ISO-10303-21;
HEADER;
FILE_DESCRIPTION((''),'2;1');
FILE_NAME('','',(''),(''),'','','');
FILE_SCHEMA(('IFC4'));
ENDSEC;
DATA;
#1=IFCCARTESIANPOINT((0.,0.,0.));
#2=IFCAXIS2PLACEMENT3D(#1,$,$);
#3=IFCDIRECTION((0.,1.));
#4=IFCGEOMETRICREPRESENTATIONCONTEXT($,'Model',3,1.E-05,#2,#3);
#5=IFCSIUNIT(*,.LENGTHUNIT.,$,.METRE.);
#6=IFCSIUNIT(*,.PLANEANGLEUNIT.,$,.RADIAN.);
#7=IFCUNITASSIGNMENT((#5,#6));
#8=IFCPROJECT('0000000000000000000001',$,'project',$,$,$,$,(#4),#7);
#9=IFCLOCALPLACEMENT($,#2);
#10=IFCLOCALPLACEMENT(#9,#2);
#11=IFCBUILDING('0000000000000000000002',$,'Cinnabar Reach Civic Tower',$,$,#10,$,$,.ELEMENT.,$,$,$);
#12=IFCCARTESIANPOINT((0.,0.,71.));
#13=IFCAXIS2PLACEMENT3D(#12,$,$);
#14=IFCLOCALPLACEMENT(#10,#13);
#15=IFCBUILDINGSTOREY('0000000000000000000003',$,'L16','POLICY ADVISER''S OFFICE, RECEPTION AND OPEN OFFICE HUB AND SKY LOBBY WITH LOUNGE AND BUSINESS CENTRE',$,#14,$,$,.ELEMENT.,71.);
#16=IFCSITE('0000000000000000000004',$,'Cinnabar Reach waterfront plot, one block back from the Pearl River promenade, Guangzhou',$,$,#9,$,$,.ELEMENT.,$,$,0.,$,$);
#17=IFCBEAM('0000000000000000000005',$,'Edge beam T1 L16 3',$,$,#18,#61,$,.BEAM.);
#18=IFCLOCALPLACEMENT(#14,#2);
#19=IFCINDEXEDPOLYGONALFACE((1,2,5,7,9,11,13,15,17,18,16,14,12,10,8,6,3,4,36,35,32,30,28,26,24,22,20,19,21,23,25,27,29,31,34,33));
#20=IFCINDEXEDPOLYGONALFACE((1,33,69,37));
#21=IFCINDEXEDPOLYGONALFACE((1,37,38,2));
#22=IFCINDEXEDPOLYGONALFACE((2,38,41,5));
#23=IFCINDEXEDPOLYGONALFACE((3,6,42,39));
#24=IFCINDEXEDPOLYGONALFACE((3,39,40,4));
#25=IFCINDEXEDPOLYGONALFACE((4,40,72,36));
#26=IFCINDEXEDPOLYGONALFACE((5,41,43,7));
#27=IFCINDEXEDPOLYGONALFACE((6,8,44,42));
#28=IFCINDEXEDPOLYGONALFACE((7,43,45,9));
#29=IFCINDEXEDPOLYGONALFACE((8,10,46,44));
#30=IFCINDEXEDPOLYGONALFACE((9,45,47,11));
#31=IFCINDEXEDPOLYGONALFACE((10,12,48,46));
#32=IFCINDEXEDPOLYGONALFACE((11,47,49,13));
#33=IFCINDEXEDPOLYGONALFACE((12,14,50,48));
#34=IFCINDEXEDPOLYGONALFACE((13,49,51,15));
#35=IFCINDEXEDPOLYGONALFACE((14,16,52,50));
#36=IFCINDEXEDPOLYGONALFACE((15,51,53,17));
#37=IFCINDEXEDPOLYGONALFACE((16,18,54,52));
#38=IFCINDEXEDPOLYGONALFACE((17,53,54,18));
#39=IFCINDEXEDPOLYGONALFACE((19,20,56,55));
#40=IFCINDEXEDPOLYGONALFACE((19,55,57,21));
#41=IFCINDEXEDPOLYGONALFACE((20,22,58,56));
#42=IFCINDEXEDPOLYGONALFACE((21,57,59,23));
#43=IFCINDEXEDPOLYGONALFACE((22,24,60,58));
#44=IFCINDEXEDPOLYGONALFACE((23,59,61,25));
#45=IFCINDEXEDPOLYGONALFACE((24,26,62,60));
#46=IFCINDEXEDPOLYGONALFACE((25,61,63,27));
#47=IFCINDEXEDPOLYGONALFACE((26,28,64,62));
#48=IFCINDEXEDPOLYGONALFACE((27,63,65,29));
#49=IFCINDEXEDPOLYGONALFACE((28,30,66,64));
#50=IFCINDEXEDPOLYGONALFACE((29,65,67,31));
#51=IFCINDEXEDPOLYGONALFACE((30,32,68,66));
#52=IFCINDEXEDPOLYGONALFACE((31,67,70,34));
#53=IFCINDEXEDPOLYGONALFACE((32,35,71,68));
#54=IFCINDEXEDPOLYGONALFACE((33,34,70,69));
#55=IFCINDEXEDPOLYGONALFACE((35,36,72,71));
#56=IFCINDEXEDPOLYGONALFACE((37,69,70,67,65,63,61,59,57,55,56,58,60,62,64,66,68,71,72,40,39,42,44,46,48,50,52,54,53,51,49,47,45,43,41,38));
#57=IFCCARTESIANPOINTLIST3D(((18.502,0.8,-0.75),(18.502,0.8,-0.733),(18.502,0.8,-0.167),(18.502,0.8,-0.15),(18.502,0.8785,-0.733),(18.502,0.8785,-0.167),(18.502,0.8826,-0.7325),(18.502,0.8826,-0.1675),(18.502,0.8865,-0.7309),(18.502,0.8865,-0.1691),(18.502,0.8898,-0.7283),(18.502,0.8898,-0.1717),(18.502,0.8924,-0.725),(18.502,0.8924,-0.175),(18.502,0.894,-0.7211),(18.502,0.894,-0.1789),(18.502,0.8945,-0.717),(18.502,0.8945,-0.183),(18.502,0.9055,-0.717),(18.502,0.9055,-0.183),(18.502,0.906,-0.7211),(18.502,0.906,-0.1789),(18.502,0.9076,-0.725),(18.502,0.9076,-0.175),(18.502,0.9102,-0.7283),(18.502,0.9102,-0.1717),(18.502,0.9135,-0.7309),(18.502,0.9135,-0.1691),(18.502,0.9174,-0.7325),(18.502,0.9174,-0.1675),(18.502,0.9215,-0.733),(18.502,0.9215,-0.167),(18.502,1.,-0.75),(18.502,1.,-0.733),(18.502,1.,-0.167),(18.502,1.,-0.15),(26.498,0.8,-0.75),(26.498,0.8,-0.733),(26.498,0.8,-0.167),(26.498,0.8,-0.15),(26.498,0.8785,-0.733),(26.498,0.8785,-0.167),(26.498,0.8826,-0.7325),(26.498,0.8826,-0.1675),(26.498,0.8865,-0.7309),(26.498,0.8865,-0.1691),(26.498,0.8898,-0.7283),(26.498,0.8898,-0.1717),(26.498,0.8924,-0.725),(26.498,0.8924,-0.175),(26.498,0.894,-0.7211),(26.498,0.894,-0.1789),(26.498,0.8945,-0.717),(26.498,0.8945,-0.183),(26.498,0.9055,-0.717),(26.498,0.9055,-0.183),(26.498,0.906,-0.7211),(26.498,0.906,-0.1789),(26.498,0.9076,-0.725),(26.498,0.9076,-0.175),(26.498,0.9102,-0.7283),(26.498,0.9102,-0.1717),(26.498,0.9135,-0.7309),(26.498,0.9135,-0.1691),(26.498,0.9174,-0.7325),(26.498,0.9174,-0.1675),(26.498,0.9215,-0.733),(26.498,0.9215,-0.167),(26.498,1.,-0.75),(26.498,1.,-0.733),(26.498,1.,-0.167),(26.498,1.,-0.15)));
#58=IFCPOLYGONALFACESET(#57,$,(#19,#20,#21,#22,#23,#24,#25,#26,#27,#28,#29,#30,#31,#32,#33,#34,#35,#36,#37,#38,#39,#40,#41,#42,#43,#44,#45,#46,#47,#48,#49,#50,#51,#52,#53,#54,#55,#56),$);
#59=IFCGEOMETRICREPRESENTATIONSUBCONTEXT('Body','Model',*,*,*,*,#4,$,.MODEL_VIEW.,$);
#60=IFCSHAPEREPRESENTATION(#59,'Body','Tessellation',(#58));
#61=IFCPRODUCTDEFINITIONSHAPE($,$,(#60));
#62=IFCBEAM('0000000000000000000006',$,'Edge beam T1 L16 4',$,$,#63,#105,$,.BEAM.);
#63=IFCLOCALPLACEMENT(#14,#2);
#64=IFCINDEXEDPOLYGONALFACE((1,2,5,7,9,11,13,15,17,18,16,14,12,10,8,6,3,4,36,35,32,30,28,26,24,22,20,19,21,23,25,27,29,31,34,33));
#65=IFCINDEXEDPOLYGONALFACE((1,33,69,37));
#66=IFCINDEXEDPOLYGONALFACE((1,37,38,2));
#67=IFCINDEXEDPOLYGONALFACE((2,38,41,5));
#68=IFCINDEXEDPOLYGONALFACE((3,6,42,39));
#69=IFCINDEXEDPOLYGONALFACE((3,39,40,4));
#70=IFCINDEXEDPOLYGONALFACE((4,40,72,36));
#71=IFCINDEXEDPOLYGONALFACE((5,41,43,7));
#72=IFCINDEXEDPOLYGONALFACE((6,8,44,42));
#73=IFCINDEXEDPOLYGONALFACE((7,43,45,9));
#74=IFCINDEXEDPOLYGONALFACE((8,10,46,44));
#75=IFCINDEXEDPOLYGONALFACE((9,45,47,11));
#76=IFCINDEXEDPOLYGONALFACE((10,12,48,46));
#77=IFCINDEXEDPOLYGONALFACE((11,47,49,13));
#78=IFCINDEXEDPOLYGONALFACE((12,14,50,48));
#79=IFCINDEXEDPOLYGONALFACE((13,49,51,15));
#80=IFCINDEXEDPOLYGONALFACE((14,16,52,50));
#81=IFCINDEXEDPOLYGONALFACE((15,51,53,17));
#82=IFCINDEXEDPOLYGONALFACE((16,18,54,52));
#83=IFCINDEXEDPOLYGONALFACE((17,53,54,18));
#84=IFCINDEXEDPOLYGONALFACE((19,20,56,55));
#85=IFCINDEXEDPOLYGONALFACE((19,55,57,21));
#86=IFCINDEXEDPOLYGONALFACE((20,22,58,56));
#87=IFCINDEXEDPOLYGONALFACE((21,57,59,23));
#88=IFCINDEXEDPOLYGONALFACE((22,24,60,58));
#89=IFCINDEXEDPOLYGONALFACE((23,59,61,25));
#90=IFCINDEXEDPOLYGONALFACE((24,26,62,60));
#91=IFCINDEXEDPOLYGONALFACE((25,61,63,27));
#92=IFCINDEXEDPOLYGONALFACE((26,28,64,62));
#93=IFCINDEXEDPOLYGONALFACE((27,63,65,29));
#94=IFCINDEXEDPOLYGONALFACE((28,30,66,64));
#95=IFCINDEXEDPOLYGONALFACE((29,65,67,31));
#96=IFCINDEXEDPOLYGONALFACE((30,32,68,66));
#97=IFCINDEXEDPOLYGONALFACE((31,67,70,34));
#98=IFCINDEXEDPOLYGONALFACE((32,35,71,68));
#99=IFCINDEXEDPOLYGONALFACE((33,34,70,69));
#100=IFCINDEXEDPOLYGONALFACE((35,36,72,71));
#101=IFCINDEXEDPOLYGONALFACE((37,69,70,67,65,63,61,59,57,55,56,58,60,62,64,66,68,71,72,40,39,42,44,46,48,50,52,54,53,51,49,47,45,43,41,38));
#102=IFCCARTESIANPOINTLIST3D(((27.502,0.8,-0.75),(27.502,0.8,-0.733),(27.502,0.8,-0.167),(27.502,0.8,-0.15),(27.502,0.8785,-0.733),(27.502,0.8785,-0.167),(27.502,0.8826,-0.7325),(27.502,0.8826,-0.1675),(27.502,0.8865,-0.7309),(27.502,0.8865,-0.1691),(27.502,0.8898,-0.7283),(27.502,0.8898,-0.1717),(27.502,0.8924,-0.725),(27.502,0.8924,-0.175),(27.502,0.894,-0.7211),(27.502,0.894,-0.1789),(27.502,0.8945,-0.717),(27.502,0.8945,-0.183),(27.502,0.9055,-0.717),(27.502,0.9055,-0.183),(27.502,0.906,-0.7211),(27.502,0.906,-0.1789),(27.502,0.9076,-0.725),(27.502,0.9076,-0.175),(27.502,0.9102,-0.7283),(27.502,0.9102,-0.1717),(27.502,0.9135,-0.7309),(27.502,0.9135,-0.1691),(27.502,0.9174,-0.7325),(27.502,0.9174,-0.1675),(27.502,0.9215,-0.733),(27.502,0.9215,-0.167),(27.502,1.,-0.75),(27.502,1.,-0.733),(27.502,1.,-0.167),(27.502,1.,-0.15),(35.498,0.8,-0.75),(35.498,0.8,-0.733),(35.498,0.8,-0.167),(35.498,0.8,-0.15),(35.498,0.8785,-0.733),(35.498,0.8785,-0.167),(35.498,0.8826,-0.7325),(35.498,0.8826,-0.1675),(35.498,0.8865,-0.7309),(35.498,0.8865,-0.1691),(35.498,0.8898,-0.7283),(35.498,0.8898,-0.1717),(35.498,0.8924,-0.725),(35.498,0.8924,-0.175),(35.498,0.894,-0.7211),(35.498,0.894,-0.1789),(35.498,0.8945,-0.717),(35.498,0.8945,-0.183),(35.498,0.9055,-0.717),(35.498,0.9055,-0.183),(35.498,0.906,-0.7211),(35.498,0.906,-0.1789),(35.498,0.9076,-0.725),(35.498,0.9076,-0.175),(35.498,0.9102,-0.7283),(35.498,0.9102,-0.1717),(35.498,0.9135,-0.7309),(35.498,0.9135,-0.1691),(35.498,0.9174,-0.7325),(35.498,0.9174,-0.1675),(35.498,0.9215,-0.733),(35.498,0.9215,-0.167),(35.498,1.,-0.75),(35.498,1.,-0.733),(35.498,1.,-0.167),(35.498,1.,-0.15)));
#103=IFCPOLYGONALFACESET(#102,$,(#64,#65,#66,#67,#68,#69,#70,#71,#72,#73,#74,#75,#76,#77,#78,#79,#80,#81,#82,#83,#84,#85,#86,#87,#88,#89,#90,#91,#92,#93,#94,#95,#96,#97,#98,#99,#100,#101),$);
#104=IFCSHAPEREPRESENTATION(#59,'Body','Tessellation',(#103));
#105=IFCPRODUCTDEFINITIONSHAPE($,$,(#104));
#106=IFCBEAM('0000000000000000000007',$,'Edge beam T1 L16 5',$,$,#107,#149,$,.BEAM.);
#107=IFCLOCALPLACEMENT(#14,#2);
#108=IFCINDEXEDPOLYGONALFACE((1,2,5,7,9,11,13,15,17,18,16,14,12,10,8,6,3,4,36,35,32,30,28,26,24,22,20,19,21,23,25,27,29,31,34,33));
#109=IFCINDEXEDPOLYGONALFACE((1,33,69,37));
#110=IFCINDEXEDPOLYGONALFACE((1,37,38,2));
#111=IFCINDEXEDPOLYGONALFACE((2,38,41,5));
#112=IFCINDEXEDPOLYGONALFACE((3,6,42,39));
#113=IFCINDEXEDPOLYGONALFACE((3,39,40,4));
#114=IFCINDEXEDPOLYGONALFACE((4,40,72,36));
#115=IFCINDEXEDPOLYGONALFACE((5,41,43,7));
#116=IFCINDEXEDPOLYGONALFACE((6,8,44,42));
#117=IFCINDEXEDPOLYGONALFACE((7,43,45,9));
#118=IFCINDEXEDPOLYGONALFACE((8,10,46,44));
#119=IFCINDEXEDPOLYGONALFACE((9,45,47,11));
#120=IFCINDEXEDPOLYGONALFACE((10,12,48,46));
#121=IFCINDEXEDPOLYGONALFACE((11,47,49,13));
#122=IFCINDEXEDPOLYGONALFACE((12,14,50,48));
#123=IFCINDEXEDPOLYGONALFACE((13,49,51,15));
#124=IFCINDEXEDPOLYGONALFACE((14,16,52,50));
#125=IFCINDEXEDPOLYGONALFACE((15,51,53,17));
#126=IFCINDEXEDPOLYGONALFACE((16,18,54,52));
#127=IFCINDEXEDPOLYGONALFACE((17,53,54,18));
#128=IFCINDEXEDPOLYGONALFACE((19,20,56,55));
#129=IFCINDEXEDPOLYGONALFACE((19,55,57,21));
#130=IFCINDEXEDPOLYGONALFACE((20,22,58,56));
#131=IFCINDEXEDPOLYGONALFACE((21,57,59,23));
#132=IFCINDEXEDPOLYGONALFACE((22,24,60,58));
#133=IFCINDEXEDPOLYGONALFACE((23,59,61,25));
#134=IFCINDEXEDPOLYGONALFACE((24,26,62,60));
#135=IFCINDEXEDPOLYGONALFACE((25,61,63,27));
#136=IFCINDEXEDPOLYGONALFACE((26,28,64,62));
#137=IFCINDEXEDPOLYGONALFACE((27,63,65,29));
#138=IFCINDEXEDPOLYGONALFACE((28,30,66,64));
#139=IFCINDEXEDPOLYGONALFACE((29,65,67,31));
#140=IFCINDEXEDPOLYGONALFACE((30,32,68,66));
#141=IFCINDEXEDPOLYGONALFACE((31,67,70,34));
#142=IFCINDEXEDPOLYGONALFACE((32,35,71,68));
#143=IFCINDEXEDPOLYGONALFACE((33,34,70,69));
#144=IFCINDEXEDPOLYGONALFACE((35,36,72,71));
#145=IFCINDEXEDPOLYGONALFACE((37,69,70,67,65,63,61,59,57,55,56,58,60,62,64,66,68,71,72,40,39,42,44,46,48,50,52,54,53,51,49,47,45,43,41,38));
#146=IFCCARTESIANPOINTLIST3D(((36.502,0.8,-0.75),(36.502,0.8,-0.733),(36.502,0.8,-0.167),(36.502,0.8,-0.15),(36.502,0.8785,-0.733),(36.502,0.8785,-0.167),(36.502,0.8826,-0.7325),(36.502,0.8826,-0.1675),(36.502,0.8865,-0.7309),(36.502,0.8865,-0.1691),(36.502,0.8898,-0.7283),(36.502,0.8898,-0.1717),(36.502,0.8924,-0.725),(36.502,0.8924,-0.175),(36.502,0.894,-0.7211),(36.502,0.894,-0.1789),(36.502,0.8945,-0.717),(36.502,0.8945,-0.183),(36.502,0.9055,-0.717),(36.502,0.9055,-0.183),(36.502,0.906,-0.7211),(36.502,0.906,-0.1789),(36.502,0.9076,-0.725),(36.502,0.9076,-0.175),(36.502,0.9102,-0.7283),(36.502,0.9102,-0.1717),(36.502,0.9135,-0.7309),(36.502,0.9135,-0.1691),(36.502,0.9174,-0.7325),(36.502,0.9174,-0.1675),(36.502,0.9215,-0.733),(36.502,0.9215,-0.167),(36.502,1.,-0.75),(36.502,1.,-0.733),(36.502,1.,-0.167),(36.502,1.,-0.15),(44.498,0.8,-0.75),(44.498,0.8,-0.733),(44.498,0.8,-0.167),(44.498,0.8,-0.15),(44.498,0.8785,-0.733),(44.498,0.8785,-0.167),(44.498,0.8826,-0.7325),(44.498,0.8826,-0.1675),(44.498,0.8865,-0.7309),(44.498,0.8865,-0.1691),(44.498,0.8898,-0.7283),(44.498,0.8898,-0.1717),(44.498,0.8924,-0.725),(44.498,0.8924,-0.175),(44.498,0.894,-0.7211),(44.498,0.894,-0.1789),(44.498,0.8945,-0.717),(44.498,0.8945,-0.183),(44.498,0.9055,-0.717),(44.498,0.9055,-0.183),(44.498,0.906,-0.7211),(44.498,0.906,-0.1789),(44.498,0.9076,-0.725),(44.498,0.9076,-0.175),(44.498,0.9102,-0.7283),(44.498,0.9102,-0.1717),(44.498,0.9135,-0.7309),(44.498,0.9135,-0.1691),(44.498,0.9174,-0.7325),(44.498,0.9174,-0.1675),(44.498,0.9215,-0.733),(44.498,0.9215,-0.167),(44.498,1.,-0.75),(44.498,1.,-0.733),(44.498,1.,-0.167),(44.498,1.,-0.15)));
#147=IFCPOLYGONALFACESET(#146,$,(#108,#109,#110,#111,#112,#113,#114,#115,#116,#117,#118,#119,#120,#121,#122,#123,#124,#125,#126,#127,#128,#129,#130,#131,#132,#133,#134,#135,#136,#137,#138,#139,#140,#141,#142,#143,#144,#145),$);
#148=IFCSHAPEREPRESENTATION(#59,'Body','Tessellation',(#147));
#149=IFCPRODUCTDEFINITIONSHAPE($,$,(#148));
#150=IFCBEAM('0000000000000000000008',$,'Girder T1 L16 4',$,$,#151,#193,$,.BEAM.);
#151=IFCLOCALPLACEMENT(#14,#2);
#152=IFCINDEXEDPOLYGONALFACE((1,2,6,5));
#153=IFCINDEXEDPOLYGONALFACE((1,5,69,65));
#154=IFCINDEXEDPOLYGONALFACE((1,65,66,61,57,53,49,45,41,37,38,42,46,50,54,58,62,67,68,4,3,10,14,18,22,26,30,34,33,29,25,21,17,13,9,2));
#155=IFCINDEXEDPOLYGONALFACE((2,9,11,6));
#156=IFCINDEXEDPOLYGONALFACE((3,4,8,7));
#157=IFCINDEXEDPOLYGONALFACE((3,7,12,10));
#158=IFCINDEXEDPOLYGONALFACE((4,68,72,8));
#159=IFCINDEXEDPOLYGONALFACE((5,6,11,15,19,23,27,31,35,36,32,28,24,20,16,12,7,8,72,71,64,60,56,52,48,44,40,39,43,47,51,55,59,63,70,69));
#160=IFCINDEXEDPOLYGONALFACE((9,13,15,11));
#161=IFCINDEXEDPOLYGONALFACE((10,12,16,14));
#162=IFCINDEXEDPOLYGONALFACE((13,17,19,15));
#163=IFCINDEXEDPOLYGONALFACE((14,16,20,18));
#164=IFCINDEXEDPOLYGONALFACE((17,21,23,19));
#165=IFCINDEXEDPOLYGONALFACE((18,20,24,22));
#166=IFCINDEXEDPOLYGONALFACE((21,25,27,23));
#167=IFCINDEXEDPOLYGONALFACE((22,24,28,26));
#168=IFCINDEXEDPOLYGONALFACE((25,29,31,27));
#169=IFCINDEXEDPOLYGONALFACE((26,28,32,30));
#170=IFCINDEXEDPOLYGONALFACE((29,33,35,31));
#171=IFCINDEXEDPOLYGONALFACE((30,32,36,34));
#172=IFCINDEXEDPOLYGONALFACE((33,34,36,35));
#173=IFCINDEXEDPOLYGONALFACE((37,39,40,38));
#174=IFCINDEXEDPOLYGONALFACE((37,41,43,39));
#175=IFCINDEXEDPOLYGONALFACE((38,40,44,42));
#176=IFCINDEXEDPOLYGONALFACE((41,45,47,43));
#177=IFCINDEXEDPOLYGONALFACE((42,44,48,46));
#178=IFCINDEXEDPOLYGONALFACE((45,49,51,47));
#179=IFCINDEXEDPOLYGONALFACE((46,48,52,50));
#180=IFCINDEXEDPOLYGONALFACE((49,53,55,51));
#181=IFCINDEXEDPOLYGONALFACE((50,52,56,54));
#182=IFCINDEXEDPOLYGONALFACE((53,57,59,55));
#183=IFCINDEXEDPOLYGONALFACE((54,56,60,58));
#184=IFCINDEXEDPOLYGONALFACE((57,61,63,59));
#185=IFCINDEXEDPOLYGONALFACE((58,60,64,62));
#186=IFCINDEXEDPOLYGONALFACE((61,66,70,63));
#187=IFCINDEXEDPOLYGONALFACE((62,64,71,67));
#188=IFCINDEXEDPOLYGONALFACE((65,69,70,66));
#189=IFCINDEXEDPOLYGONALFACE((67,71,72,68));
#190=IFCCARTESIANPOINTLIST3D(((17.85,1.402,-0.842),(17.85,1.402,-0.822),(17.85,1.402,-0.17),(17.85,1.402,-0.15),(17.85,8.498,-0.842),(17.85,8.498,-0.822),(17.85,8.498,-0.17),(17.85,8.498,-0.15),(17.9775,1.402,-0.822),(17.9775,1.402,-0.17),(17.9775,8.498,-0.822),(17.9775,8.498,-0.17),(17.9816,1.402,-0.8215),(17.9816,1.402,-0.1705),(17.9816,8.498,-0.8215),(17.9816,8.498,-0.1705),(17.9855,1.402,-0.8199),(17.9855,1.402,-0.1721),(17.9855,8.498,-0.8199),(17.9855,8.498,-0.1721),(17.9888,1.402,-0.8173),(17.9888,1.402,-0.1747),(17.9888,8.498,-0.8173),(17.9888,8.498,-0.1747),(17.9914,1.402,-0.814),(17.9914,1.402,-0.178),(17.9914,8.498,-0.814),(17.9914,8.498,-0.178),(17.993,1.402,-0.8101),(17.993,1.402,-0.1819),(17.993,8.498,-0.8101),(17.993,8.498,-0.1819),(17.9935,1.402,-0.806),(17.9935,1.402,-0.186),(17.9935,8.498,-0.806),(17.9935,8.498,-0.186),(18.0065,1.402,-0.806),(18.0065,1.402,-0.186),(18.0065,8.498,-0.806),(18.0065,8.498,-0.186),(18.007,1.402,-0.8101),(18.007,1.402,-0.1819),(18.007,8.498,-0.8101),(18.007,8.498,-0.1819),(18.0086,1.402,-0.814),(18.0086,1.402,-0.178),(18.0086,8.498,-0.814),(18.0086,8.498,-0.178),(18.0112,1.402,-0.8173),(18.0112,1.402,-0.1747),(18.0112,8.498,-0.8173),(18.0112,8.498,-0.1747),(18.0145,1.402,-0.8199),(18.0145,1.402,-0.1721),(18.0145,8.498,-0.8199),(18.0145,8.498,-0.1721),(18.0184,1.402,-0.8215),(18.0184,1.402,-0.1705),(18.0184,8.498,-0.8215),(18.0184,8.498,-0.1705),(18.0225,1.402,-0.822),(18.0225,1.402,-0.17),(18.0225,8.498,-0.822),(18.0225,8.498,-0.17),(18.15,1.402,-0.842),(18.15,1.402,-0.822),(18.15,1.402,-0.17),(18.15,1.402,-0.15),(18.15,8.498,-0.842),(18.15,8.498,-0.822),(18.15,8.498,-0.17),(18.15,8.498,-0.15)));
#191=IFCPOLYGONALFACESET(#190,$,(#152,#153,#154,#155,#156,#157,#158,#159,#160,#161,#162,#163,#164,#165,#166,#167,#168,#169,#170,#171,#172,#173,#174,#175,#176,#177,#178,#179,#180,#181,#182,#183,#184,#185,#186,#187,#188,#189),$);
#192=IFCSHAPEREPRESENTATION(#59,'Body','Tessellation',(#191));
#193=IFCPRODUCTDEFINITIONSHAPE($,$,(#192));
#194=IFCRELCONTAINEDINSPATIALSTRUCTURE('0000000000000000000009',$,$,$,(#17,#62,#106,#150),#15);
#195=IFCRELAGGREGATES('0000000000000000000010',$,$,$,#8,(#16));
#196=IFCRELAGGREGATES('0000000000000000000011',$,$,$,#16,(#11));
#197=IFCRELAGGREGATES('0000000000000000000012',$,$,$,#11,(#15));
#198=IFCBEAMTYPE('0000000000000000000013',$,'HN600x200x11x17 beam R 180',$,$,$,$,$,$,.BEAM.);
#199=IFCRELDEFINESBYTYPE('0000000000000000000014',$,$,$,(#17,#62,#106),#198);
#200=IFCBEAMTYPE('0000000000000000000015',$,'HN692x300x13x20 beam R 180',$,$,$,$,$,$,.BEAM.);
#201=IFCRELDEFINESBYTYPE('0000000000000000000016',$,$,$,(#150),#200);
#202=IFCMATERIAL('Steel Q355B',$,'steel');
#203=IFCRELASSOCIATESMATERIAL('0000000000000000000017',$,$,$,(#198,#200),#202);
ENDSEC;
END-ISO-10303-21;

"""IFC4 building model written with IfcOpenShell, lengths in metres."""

from ifc_helpers import new_model, si_unit, direction, frame, origin, origin_2d, place, context, subcontext, project, spatial, i_section, extrude, material, material_profile, profile_set, type_object, element, save


model = new_model("IFC4")

# Units and contexts
model_context = context("Model", 3, precision=1e-05, world=origin(), true_north=direction((0.0, 1.0)))
body_context = subcontext(model_context, "Body", "Model", "MODEL_VIEW")
ifc_project = project(units=[si_unit("LENGTHUNIT", "METRE"), si_unit("PLANEANGLEUNIT", "RADIAN")], contexts=[model_context])

# Site, building, storey
site_placement = place(None, origin())
site = spatial("IfcSite", under=ifc_project, at=site_placement, Name="Cinnabar Reach waterfront plot, one block back from the Pearl River promenade, Guangzhou", CompositionType="ELEMENT", RefElevation=0.0)
building_placement = place(site_placement, origin())
building = spatial("IfcBuilding", under=site, at=building_placement, Name="Cinnabar Reach Civic Tower", CompositionType="ELEMENT")
storey_placement = place(building_placement, frame((0.0, 0.0, 71.0)))
storey = spatial("IfcBuildingStorey", under=building, at=storey_placement, Name="L16", Description="POLICY ADVISER'S OFFICE, RECEPTION AND OPEN OFFICE HUB AND SKY LOBBY WITH LOUNGE AND BUSINESS CENTRE", CompositionType="ELEMENT", Elevation=71.0)

# Beams
ifc_material_1 = material(Name="Steel Q355B", Category="steel")
ifc_material_profile_1 = material_profile(ifc_material_1, i_section(OverallWidth=0.2, OverallDepth=0.6, WebThickness=0.011, FlangeThickness=0.017, FilletRadius=0.016, at=origin_2d()), Name="HN600x200x11x17")
ifc_profile_set_1 = profile_set([ifc_material_profile_1], Name="Steel Q355B")
beam_type_1 = type_object("IfcBeamType", Name="HN600x200x11x17 beam R 180", PredefinedType="BEAM", material=ifc_profile_set_1)
for number, where, z_axis, x_axis, name in (
    (1, (18.502, 0.9, -0.45), (1.0, 0.0, 0.0), (0.0, 1.0, 0.0), "Edge beam T1 L16 3"),
    (2, (27.502, 0.9, -0.45), (1.0, 0.0, 0.0), (0.0, 1.0, 0.0), "Edge beam T1 L16 4"),
    (3, (36.502, 0.9, -0.45), (1.0, 0.0, 0.0), (0.0, 1.0, 0.0), "Edge beam T1 L16 5"),
):
    element("IfcBeam", number, at=place(storey_placement, frame(where, z_axis=z_axis, x_axis=x_axis)), inside=storey, type_object=beam_type_1, Name=name, PredefinedType="BEAM", context=body_context, shape_type="SweptSolid", body=[
        extrude(i_section(OverallWidth=0.2, OverallDepth=0.6, WebThickness=0.011, FlangeThickness=0.017, FilletRadius=0.016, at=origin_2d()), origin(), (0.0, 0.0, 1.0), 7.996),
    ])
ifc_material_profile_2 = material_profile(ifc_material_1, i_section(OverallWidth=0.3, OverallDepth=0.692, WebThickness=0.013, FlangeThickness=0.02, FilletRadius=0.016, at=origin_2d()), Name="HN692x300x13x20")
ifc_profile_set_2 = profile_set([ifc_material_profile_2], Name="Steel Q355B")
beam_type_2 = type_object("IfcBeamType", Name="HN692x300x13x20 beam R 180", PredefinedType="BEAM", material=ifc_profile_set_2)
beam_1_placement = place(storey_placement, frame((18.0, 1.402, -0.496), z_axis=(0.0, 1.0, 0.0), x_axis=(-1.0, 0.0, 0.0)))
element("IfcBeam", 4, at=beam_1_placement, inside=storey, type_object=beam_type_2, Name="Girder T1 L16 4", PredefinedType="BEAM", context=body_context, shape_type="SweptSolid", body=[
    extrude(i_section(OverallWidth=0.3, OverallDepth=0.692, WebThickness=0.013, FlangeThickness=0.02, FilletRadius=0.016, at=origin_2d()), origin(), (0.0, 0.0, 1.0), 7.096),
])

save(model, "model.ifc")
